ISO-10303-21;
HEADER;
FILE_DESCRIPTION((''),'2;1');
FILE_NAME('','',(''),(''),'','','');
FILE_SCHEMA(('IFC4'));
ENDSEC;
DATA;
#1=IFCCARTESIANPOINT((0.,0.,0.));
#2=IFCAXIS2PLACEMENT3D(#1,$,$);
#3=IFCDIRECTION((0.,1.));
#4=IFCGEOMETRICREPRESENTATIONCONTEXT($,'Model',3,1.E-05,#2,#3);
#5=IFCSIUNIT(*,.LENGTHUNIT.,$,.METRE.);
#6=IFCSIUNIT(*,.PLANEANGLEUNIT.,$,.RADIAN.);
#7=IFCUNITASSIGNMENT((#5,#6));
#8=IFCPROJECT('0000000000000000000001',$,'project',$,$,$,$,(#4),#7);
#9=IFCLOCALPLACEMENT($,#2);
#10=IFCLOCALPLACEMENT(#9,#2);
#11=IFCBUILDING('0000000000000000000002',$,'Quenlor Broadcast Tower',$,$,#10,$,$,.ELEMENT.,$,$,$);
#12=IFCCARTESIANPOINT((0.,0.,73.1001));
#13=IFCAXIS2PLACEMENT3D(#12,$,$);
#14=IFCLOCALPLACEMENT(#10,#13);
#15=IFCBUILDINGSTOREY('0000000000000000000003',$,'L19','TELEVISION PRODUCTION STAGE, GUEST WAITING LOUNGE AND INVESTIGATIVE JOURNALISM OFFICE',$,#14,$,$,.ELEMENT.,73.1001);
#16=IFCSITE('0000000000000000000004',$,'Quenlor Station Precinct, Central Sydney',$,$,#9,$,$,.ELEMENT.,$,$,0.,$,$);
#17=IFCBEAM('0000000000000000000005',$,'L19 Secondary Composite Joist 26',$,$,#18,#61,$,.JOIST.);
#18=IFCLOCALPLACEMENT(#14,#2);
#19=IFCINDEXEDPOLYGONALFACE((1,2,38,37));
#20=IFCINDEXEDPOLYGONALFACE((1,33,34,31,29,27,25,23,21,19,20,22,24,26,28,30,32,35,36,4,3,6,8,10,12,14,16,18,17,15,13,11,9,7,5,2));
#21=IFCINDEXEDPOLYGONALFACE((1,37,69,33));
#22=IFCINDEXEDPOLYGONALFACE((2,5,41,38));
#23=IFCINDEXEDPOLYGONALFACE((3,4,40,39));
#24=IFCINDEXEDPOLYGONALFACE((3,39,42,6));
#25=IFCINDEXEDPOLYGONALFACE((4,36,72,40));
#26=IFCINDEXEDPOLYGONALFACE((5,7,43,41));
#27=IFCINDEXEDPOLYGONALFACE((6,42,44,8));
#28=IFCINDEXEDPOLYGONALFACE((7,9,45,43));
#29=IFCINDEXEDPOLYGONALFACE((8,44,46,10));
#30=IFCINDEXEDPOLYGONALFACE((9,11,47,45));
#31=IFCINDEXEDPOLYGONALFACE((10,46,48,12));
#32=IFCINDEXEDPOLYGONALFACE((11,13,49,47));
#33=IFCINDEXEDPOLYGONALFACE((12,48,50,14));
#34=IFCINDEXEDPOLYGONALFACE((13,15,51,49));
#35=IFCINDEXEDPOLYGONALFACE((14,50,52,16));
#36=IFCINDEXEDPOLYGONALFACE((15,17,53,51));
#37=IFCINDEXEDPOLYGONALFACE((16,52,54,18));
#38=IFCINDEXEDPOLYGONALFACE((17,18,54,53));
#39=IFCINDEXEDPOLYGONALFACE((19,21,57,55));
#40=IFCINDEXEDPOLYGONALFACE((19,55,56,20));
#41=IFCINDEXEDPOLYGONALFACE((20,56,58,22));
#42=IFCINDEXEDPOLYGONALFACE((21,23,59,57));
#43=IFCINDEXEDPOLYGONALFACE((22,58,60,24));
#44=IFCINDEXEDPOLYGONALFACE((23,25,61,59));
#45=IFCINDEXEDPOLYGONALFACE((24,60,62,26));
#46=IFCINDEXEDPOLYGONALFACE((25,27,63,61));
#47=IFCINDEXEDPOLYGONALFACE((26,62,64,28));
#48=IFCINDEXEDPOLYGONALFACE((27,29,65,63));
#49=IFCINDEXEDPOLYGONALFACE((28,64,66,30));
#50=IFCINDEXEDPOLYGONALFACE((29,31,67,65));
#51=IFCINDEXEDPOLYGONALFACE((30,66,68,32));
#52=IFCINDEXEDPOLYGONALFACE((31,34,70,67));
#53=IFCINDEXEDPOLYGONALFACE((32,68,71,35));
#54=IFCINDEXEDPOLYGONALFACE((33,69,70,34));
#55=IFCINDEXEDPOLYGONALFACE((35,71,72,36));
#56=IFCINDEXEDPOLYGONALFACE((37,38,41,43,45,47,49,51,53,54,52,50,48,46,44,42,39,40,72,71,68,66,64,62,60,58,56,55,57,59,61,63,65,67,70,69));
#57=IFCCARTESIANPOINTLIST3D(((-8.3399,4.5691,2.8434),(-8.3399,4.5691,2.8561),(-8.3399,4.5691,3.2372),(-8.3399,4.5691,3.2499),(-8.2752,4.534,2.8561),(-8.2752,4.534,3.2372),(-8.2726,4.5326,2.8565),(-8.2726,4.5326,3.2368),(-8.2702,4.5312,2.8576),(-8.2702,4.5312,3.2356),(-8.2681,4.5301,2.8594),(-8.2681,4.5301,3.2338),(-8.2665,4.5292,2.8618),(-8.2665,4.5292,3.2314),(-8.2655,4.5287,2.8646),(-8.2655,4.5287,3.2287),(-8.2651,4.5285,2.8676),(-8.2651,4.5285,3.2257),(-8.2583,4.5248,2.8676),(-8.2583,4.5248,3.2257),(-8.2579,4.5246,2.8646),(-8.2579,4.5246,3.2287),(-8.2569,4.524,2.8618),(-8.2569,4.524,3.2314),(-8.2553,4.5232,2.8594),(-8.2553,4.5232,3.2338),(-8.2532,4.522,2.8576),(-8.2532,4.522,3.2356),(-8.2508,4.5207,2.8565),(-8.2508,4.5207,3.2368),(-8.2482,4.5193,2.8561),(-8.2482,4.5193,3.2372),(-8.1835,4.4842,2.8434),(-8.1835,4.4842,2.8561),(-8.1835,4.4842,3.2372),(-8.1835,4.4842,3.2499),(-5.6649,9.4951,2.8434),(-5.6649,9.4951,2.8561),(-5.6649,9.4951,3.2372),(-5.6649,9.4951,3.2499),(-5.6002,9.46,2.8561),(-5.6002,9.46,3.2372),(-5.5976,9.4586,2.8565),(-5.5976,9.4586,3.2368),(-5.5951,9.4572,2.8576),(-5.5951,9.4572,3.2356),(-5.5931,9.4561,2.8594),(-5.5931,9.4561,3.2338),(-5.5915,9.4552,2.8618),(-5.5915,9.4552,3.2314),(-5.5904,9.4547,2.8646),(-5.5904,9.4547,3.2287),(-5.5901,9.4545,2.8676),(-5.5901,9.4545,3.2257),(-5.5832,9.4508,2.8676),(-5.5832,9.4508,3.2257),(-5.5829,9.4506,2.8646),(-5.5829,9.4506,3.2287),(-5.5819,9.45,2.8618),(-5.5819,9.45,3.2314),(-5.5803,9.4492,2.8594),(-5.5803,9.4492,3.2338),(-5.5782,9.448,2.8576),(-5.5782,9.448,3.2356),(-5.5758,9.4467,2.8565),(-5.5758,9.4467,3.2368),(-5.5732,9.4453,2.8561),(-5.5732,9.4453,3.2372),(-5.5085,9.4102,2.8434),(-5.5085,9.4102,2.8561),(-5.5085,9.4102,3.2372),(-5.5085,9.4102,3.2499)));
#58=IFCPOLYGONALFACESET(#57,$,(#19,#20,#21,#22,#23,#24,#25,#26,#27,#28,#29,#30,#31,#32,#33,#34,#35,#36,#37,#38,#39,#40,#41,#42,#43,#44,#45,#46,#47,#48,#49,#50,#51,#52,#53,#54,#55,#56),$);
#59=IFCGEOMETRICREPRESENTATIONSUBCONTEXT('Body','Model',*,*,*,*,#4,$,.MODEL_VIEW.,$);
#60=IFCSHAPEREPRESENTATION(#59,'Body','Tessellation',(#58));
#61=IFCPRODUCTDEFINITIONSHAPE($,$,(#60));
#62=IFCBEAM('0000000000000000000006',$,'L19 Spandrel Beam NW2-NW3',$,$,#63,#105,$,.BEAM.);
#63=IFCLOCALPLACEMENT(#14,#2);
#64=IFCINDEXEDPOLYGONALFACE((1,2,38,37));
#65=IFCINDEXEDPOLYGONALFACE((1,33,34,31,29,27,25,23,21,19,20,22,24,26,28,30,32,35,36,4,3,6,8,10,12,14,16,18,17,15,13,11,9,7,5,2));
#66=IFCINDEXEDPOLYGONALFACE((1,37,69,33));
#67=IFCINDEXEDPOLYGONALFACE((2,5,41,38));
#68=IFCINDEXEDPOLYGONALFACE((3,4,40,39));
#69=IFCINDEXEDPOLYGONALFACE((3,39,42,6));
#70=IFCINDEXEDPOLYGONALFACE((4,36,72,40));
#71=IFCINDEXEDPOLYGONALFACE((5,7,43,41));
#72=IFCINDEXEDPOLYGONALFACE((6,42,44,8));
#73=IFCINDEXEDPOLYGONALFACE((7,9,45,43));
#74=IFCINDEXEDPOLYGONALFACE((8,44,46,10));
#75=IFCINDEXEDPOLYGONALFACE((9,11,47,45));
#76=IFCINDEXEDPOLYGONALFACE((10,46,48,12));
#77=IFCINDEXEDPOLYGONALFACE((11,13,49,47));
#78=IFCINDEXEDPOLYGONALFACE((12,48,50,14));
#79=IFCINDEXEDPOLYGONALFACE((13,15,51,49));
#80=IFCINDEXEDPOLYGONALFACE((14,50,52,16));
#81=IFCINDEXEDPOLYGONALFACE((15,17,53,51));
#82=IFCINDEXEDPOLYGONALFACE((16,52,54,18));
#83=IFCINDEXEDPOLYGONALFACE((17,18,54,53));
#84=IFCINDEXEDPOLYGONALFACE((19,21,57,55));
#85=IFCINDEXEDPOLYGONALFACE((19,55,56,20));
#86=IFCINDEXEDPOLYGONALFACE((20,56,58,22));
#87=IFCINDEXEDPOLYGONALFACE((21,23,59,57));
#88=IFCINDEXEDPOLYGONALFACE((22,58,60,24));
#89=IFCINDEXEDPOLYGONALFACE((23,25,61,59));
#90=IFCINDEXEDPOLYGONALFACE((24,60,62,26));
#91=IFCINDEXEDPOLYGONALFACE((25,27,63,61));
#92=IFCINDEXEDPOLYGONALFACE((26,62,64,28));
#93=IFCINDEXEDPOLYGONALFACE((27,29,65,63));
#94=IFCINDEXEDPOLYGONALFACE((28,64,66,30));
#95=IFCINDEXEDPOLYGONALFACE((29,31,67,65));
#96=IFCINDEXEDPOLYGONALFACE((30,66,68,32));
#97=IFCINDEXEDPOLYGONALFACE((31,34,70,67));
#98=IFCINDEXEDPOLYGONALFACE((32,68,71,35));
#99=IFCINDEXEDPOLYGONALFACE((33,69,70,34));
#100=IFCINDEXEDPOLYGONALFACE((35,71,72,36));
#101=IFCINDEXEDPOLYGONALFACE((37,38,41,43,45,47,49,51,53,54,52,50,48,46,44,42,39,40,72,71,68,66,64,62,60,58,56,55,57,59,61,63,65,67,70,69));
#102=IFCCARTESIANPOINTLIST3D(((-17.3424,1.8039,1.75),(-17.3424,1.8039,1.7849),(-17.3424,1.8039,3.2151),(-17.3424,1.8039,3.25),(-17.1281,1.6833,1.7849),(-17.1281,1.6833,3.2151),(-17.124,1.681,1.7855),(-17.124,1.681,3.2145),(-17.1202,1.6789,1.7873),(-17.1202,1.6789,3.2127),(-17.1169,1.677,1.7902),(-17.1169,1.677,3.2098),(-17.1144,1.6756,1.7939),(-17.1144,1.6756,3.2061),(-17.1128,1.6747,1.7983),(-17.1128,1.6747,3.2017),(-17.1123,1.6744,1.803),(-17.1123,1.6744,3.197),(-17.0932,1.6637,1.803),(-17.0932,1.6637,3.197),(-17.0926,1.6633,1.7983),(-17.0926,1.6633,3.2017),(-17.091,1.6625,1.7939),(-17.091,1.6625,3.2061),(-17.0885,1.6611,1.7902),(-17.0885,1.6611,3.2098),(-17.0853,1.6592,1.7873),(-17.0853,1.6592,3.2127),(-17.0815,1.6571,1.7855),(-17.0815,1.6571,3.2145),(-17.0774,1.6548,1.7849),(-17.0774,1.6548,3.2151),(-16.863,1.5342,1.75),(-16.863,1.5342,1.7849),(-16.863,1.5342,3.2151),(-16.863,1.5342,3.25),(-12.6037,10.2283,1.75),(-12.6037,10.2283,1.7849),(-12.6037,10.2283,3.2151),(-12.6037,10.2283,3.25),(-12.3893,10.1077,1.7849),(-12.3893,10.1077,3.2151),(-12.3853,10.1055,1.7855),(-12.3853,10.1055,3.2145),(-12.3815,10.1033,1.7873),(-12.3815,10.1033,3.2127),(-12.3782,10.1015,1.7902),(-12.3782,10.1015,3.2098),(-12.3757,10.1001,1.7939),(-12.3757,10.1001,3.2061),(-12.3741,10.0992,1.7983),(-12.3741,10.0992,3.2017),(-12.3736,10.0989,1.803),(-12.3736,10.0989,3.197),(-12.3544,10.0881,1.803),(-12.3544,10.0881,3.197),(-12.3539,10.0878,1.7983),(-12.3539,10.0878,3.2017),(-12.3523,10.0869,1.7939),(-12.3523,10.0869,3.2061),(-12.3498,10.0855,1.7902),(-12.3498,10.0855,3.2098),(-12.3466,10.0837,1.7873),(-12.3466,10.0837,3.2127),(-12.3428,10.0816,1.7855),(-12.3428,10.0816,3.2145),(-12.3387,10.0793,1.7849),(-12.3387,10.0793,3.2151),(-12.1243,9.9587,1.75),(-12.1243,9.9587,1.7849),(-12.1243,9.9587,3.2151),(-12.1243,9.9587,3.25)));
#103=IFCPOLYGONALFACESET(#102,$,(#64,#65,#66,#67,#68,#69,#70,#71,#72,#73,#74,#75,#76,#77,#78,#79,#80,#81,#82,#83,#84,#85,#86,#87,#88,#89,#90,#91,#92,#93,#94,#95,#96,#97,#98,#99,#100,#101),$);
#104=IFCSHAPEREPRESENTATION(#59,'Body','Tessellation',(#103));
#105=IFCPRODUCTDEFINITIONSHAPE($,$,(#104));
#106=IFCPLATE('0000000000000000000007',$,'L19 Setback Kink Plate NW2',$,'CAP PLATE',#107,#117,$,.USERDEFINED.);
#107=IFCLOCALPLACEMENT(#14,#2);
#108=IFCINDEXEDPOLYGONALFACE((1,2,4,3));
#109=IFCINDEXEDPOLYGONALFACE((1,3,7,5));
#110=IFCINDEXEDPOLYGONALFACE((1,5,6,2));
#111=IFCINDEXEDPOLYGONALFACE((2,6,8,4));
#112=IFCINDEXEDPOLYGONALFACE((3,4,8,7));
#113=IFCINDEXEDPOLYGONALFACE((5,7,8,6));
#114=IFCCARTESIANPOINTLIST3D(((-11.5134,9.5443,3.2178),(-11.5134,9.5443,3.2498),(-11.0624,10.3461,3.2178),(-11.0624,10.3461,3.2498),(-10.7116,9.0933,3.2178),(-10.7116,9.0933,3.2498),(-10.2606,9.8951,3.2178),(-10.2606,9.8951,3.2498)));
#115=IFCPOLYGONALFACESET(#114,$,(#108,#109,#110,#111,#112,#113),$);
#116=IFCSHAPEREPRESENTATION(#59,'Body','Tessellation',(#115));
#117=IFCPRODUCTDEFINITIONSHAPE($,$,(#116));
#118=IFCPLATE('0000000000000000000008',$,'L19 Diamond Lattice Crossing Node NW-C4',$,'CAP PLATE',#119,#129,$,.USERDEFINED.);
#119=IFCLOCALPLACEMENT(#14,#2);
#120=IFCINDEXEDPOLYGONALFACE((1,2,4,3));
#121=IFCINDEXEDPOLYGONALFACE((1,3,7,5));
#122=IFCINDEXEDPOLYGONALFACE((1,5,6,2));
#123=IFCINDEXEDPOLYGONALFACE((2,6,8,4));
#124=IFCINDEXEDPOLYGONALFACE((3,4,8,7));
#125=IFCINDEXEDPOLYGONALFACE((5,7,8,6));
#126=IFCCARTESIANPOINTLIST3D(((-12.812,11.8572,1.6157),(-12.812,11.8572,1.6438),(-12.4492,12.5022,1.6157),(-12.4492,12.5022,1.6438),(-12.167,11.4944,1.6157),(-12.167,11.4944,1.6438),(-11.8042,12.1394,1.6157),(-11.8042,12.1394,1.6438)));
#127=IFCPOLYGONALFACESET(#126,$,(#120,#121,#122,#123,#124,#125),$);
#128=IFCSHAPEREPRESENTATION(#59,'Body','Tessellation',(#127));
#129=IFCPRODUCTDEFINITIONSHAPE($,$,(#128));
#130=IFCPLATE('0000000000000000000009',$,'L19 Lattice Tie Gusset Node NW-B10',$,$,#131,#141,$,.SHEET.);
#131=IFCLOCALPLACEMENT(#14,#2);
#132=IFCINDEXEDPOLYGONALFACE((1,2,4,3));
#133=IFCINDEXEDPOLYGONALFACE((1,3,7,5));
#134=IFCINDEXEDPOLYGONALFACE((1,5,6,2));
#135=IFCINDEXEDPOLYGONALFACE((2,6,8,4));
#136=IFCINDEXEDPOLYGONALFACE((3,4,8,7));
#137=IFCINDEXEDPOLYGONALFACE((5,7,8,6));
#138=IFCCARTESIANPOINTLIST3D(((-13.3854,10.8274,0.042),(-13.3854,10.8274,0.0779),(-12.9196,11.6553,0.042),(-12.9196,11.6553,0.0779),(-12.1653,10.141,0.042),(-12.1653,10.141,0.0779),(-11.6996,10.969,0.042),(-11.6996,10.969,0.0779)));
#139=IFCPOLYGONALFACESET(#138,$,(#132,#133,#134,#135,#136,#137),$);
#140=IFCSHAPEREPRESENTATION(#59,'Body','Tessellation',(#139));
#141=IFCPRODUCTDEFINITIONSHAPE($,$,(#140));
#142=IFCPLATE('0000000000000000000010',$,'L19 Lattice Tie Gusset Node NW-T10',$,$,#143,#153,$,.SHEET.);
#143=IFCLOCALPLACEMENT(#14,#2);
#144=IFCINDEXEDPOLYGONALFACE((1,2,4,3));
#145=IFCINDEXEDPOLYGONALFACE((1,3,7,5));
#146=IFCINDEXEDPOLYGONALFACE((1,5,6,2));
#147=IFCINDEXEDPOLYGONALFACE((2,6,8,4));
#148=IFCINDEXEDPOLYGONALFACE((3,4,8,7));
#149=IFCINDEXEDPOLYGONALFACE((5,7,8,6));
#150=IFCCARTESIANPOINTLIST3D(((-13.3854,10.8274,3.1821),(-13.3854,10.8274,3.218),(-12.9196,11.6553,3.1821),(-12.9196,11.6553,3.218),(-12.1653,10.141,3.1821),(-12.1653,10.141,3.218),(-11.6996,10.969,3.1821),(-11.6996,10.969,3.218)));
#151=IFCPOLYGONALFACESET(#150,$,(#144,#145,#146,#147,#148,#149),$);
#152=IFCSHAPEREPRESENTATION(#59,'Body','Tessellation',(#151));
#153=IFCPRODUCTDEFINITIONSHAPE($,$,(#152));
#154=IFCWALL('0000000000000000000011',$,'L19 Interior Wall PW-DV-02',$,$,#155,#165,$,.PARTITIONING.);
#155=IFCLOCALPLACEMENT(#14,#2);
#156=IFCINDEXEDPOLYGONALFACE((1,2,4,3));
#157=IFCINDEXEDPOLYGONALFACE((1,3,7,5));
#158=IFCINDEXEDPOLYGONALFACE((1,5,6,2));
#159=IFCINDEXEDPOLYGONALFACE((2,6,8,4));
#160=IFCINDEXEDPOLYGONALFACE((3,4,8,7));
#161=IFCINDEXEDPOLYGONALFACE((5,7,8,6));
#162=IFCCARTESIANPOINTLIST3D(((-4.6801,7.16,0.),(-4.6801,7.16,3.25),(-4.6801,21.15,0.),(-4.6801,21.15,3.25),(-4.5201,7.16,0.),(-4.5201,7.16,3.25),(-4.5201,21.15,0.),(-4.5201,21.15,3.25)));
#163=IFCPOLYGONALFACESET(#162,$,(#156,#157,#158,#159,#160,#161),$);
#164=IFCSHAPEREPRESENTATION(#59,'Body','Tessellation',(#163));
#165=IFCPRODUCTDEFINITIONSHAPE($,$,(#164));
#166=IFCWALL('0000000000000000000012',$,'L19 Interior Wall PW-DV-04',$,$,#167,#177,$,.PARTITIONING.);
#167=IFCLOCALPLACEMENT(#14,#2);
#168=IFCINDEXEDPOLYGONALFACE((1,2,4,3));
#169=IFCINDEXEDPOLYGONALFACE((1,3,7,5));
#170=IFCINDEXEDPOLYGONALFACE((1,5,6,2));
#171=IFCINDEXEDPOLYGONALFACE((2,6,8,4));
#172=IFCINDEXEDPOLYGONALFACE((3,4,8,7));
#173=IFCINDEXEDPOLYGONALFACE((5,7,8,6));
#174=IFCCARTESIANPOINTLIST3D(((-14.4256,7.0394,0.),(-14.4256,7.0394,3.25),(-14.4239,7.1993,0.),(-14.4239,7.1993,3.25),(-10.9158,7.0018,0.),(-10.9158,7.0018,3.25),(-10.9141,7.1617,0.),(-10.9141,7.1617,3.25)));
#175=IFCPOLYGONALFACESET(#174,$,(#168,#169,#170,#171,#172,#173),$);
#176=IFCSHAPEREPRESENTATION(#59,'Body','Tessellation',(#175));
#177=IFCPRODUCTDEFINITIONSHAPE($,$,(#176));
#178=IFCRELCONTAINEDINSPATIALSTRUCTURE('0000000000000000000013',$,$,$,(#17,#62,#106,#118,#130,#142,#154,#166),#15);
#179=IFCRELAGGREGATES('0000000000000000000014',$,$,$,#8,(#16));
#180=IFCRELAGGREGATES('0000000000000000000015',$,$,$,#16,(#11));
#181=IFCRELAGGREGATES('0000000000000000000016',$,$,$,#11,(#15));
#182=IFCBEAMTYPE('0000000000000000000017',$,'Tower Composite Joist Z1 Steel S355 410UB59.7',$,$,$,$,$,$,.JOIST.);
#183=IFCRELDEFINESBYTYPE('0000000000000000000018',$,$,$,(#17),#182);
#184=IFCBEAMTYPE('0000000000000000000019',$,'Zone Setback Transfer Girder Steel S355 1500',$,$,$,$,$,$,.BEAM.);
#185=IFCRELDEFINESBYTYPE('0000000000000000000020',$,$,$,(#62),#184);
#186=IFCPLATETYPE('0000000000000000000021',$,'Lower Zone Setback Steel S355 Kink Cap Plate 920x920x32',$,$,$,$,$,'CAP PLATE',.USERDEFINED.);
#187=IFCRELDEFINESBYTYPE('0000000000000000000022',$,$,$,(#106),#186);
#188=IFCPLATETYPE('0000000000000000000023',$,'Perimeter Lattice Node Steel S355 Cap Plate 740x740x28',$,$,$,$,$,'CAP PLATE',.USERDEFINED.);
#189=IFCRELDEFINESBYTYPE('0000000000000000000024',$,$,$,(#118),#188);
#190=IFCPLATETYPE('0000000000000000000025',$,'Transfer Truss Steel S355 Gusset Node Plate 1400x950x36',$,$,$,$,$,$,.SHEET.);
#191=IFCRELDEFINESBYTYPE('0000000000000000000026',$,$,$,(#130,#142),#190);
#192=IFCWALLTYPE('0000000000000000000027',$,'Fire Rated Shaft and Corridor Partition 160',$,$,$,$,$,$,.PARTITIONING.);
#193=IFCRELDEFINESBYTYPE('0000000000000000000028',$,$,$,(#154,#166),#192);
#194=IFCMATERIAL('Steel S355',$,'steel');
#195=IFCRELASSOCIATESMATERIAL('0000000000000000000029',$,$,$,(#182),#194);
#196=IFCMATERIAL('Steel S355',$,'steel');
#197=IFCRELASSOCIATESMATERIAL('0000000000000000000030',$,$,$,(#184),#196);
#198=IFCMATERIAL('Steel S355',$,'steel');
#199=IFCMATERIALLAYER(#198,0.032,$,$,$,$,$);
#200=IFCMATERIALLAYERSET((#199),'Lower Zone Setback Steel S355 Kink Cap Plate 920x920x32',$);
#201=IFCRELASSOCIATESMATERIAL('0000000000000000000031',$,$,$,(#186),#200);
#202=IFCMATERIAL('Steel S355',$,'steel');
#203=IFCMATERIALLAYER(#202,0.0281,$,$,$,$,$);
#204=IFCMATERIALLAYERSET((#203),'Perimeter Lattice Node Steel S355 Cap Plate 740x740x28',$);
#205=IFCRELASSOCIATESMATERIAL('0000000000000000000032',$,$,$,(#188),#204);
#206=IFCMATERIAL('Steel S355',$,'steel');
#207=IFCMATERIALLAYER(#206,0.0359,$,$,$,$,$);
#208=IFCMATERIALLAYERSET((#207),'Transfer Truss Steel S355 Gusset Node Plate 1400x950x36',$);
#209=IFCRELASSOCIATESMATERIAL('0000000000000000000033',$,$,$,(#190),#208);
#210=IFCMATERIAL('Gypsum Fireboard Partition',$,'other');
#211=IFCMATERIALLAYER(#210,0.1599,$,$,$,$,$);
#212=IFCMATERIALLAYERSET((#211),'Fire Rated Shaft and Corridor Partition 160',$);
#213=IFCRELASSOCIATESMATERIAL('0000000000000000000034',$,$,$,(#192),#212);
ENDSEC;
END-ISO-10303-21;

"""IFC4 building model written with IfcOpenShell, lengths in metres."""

from ifc_helpers import new_model, si_unit, direction, frame, frame_2d, origin, origin_2d, place, context, subcontext, project, spatial, rectangle, i_section, extrude, material, layer, layer_set, material_profile, profile_set, type_object, element, save


model = new_model("IFC4")

# Units and contexts
model_context = context("Model", 3, precision=1e-05, world=origin(), true_north=direction((0.0, 1.0)))
body_context = subcontext(model_context, "Body", "Model", "MODEL_VIEW")
ifc_project = project(units=[si_unit("LENGTHUNIT", "METRE"), si_unit("PLANEANGLEUNIT", "RADIAN")], contexts=[model_context])

# Site, building, storey
site_placement = place(None, origin())
site = spatial("IfcSite", under=ifc_project, at=site_placement, Name="Quenlor Station Precinct, Central Sydney", CompositionType="ELEMENT", RefElevation=0.0)
building_placement = place(site_placement, origin())
building = spatial("IfcBuilding", under=site, at=building_placement, Name="Quenlor Broadcast Tower", CompositionType="ELEMENT")
storey_placement = place(building_placement, frame((0.0, 0.0, 73.1001)))
storey = spatial("IfcBuildingStorey", under=building, at=storey_placement, Name="L19", Description="TELEVISION PRODUCTION STAGE, GUEST WAITING LOUNGE AND INVESTIGATIVE JOURNALISM OFFICE", CompositionType="ELEMENT", Elevation=73.1001)

# Beams
ifc_material_1 = material(Name="Steel S355", Category="steel")
ifc_material_profile_1 = material_profile(ifc_material_1, i_section(OverallWidth=0.178, OverallDepth=0.4065, WebThickness=0.0078, FlangeThickness=0.0127, FilletRadius=0.0115, at=origin_2d()))
ifc_profile_set_1 = profile_set([ifc_material_profile_1], Name="Steel S355 410UB59.7")
beam_type_1 = type_object("IfcBeamType", Name="Tower Composite Joist Z1 Steel S355 410UB59.7", PredefinedType="JOIST", material=ifc_profile_set_1)
beam_1_placement = place(storey_placement, frame((-5.5867, 9.4526, 3.0466), z_axis=(-0.477219, -0.878785, 0.0), x_axis=(0.878785, -0.477219, 0.0)))
element("IfcBeam", 1, at=beam_1_placement, inside=storey, type_object=beam_type_1, Name="L19 Secondary Composite Joist 26", PredefinedType="JOIST", context=body_context, shape_type="SweptSolid", body=[
    extrude(i_section(OverallWidth=0.178, OverallDepth=0.4065, WebThickness=0.0078, FlangeThickness=0.0127, FilletRadius=0.0115, at=origin_2d()), origin(), (0.0, 0.0, 1.0), 5.6055),
])
ifc_material_2 = material(Name="Steel S355", Category="steel")
ifc_material_profile_2 = material_profile(ifc_material_2, i_section(OverallWidth=0.55, OverallDepth=1.5, WebThickness=0.022, FlangeThickness=0.0349, FilletRadius=0.0181, at=origin_2d()))
ifc_profile_set_2 = profile_set([ifc_material_profile_2], Name="Steel S355 1500TG510")
beam_type_2 = type_object("IfcBeamType", Name="Zone Setback Transfer Girder Steel S355 1500", PredefinedType="BEAM", material=ifc_profile_set_2)
beam_2_placement = place(storey_placement, frame((-12.364, 10.0935, 2.5), z_axis=(-0.490258, -0.871578, 0.0), x_axis=(0.871578, -0.490258, 0.0)))
element("IfcBeam", 2, at=beam_2_placement, inside=storey, type_object=beam_type_2, Name="L19 Spandrel Beam NW2-NW3", PredefinedType="BEAM", context=body_context, shape_type="SweptSolid", body=[
    extrude(i_section(OverallWidth=0.55, OverallDepth=1.5, WebThickness=0.022, FlangeThickness=0.0349, FilletRadius=0.0181, at=origin_2d()), origin(), (0.0, 0.0, 1.0), 9.6658),
])

# Plates
ifc_material_3 = material(Name="Steel S355", Category="steel")
ifc_layer_1 = layer(ifc_material_3, 0.032)
ifc_layer_set_1 = layer_set([ifc_layer_1], Name="Lower Zone Setback Steel S355 Kink Cap Plate 920x920x32")
plate_type_1 = type_object("IfcPlateType", Name="Lower Zone Setback Steel S355 Kink Cap Plate 920x920x32", ElementType="CAP PLATE", PredefinedType="USERDEFINED", material=ifc_layer_set_1)
plate_1_placement = place(storey_placement, frame((-10.887, 9.7197, 3.2178), z_axis=(0.0, 0.0, 1.0), x_axis=(-0.871575, 0.490262, 0.0)))
element("IfcPlate", 3, at=plate_1_placement, inside=storey, type_object=plate_type_1, Name="L19 Setback Kink Plate NW2", ObjectType="CAP PLATE", PredefinedType="USERDEFINED", context=body_context, shape_type="SweptSolid", body=[
    extrude(rectangle(XDim=0.9199, YDim=0.9199, at=origin_2d()), origin(), (0.0, 0.0, 1.0), 0.032),
])
ifc_material_4 = material(Name="Steel S355", Category="steel")
ifc_layer_2 = layer(ifc_material_4, 0.0281)
ifc_layer_set_2 = layer_set([ifc_layer_2], Name="Perimeter Lattice Node Steel S355 Cap Plate 740x740x28")
plate_type_2 = type_object("IfcPlateType", Name="Perimeter Lattice Node Steel S355 Cap Plate 740x740x28", ElementType="CAP PLATE", PredefinedType="USERDEFINED", material=ifc_layer_set_2)
plate_2_placement = place(storey_placement, frame((-12.3081, 11.9983, 1.6157), z_axis=(0.0, 0.0, 1.0), x_axis=(0.490295, 0.871556, 0.0)))
element("IfcPlate", 4, at=plate_2_placement, inside=storey, type_object=plate_type_2, Name="L19 Diamond Lattice Crossing Node NW-C4", ObjectType="CAP PLATE", PredefinedType="USERDEFINED", context=body_context, shape_type="SweptSolid", body=[
    extrude(rectangle(XDim=0.74, YDim=0.74, at=origin_2d()), origin(), (0.0, 0.0, 1.0), 0.0281),
])
ifc_material_5 = material(Name="Steel S355", Category="steel")
ifc_layer_3 = layer(ifc_material_5, 0.0359)
ifc_layer_set_3 = layer_set([ifc_layer_3], Name="Transfer Truss Steel S355 Gusset Node Plate 1400x950x36")
plate_type_3 = type_object("IfcPlateType", Name="Transfer Truss Steel S355 Gusset Node Plate 1400x950x36", PredefinedType="SHEET", material=ifc_layer_set_3)
for number, where, z_axis, x_axis, name in (
    (5, (-12.5425, 10.8982, 0.042), (0.0, 0.0, 1.0), (-0.871556, 0.490295, 0.0), "L19 Lattice Tie Gusset Node NW-B10"),
    (6, (-12.5425, 10.8982, 3.1821), (0.0, 0.0, 1.0), (-0.871556, 0.490295, 0.0), "L19 Lattice Tie Gusset Node NW-T10"),
):
    element("IfcPlate", number, at=place(storey_placement, frame(where, z_axis=z_axis, x_axis=x_axis)), inside=storey, type_object=plate_type_3, Name=name, PredefinedType="SHEET", context=body_context, shape_type="SweptSolid", body=[
        extrude(rectangle(XDim=1.3999, YDim=0.95, at=origin_2d()), origin(), (0.0, 0.0, 1.0), 0.0359),
    ])

# Walls
ifc_material_6 = material(Name="Gypsum Fireboard Partition", Category="other")
ifc_layer_4 = layer(ifc_material_6, 0.1599)
ifc_layer_set_4 = layer_set([ifc_layer_4], Name="Fire Rated Shaft and Corridor Partition 160")
wall_type_1 = type_object("IfcWallType", Name="Fire Rated Shaft and Corridor Partition 160", PredefinedType="PARTITIONING", material=ifc_layer_set_4)
wall_1_placement = place(storey_placement, frame((-4.6001, 7.1599, 0.0), z_axis=(0.0, 0.0, 1.0), x_axis=(0.0, 1.0, 0.0)))
element("IfcWall", 7, at=wall_1_placement, inside=storey, type_object=wall_type_1, Name="L19 Interior Wall PW-DV-02", PredefinedType="PARTITIONING", context=body_context, shape_type="SweptSolid", body=[
    extrude(rectangle(XDim=13.99, YDim=0.1599, at=frame_2d((6.9951, 0.0))), origin(), (0.0, 0.0, 1.0), 3.25),
])
wall_2_placement = place(storey_placement, frame((-10.915, 7.0818, 0.0), z_axis=(0.0, 0.0, 1.0), x_axis=(-0.999943, 0.010712, 0.0)))
element("IfcWall", 8, at=wall_2_placement, inside=storey, type_object=wall_type_1, Name="L19 Interior Wall PW-DV-04", PredefinedType="PARTITIONING", context=body_context, shape_type="SweptSolid", body=[
    extrude(rectangle(XDim=3.51, YDim=0.1599, at=frame_2d((1.7549, 0.0))), origin(), (0.0, 0.0, 1.0), 3.25),
])

save(model, "model.ifc")
